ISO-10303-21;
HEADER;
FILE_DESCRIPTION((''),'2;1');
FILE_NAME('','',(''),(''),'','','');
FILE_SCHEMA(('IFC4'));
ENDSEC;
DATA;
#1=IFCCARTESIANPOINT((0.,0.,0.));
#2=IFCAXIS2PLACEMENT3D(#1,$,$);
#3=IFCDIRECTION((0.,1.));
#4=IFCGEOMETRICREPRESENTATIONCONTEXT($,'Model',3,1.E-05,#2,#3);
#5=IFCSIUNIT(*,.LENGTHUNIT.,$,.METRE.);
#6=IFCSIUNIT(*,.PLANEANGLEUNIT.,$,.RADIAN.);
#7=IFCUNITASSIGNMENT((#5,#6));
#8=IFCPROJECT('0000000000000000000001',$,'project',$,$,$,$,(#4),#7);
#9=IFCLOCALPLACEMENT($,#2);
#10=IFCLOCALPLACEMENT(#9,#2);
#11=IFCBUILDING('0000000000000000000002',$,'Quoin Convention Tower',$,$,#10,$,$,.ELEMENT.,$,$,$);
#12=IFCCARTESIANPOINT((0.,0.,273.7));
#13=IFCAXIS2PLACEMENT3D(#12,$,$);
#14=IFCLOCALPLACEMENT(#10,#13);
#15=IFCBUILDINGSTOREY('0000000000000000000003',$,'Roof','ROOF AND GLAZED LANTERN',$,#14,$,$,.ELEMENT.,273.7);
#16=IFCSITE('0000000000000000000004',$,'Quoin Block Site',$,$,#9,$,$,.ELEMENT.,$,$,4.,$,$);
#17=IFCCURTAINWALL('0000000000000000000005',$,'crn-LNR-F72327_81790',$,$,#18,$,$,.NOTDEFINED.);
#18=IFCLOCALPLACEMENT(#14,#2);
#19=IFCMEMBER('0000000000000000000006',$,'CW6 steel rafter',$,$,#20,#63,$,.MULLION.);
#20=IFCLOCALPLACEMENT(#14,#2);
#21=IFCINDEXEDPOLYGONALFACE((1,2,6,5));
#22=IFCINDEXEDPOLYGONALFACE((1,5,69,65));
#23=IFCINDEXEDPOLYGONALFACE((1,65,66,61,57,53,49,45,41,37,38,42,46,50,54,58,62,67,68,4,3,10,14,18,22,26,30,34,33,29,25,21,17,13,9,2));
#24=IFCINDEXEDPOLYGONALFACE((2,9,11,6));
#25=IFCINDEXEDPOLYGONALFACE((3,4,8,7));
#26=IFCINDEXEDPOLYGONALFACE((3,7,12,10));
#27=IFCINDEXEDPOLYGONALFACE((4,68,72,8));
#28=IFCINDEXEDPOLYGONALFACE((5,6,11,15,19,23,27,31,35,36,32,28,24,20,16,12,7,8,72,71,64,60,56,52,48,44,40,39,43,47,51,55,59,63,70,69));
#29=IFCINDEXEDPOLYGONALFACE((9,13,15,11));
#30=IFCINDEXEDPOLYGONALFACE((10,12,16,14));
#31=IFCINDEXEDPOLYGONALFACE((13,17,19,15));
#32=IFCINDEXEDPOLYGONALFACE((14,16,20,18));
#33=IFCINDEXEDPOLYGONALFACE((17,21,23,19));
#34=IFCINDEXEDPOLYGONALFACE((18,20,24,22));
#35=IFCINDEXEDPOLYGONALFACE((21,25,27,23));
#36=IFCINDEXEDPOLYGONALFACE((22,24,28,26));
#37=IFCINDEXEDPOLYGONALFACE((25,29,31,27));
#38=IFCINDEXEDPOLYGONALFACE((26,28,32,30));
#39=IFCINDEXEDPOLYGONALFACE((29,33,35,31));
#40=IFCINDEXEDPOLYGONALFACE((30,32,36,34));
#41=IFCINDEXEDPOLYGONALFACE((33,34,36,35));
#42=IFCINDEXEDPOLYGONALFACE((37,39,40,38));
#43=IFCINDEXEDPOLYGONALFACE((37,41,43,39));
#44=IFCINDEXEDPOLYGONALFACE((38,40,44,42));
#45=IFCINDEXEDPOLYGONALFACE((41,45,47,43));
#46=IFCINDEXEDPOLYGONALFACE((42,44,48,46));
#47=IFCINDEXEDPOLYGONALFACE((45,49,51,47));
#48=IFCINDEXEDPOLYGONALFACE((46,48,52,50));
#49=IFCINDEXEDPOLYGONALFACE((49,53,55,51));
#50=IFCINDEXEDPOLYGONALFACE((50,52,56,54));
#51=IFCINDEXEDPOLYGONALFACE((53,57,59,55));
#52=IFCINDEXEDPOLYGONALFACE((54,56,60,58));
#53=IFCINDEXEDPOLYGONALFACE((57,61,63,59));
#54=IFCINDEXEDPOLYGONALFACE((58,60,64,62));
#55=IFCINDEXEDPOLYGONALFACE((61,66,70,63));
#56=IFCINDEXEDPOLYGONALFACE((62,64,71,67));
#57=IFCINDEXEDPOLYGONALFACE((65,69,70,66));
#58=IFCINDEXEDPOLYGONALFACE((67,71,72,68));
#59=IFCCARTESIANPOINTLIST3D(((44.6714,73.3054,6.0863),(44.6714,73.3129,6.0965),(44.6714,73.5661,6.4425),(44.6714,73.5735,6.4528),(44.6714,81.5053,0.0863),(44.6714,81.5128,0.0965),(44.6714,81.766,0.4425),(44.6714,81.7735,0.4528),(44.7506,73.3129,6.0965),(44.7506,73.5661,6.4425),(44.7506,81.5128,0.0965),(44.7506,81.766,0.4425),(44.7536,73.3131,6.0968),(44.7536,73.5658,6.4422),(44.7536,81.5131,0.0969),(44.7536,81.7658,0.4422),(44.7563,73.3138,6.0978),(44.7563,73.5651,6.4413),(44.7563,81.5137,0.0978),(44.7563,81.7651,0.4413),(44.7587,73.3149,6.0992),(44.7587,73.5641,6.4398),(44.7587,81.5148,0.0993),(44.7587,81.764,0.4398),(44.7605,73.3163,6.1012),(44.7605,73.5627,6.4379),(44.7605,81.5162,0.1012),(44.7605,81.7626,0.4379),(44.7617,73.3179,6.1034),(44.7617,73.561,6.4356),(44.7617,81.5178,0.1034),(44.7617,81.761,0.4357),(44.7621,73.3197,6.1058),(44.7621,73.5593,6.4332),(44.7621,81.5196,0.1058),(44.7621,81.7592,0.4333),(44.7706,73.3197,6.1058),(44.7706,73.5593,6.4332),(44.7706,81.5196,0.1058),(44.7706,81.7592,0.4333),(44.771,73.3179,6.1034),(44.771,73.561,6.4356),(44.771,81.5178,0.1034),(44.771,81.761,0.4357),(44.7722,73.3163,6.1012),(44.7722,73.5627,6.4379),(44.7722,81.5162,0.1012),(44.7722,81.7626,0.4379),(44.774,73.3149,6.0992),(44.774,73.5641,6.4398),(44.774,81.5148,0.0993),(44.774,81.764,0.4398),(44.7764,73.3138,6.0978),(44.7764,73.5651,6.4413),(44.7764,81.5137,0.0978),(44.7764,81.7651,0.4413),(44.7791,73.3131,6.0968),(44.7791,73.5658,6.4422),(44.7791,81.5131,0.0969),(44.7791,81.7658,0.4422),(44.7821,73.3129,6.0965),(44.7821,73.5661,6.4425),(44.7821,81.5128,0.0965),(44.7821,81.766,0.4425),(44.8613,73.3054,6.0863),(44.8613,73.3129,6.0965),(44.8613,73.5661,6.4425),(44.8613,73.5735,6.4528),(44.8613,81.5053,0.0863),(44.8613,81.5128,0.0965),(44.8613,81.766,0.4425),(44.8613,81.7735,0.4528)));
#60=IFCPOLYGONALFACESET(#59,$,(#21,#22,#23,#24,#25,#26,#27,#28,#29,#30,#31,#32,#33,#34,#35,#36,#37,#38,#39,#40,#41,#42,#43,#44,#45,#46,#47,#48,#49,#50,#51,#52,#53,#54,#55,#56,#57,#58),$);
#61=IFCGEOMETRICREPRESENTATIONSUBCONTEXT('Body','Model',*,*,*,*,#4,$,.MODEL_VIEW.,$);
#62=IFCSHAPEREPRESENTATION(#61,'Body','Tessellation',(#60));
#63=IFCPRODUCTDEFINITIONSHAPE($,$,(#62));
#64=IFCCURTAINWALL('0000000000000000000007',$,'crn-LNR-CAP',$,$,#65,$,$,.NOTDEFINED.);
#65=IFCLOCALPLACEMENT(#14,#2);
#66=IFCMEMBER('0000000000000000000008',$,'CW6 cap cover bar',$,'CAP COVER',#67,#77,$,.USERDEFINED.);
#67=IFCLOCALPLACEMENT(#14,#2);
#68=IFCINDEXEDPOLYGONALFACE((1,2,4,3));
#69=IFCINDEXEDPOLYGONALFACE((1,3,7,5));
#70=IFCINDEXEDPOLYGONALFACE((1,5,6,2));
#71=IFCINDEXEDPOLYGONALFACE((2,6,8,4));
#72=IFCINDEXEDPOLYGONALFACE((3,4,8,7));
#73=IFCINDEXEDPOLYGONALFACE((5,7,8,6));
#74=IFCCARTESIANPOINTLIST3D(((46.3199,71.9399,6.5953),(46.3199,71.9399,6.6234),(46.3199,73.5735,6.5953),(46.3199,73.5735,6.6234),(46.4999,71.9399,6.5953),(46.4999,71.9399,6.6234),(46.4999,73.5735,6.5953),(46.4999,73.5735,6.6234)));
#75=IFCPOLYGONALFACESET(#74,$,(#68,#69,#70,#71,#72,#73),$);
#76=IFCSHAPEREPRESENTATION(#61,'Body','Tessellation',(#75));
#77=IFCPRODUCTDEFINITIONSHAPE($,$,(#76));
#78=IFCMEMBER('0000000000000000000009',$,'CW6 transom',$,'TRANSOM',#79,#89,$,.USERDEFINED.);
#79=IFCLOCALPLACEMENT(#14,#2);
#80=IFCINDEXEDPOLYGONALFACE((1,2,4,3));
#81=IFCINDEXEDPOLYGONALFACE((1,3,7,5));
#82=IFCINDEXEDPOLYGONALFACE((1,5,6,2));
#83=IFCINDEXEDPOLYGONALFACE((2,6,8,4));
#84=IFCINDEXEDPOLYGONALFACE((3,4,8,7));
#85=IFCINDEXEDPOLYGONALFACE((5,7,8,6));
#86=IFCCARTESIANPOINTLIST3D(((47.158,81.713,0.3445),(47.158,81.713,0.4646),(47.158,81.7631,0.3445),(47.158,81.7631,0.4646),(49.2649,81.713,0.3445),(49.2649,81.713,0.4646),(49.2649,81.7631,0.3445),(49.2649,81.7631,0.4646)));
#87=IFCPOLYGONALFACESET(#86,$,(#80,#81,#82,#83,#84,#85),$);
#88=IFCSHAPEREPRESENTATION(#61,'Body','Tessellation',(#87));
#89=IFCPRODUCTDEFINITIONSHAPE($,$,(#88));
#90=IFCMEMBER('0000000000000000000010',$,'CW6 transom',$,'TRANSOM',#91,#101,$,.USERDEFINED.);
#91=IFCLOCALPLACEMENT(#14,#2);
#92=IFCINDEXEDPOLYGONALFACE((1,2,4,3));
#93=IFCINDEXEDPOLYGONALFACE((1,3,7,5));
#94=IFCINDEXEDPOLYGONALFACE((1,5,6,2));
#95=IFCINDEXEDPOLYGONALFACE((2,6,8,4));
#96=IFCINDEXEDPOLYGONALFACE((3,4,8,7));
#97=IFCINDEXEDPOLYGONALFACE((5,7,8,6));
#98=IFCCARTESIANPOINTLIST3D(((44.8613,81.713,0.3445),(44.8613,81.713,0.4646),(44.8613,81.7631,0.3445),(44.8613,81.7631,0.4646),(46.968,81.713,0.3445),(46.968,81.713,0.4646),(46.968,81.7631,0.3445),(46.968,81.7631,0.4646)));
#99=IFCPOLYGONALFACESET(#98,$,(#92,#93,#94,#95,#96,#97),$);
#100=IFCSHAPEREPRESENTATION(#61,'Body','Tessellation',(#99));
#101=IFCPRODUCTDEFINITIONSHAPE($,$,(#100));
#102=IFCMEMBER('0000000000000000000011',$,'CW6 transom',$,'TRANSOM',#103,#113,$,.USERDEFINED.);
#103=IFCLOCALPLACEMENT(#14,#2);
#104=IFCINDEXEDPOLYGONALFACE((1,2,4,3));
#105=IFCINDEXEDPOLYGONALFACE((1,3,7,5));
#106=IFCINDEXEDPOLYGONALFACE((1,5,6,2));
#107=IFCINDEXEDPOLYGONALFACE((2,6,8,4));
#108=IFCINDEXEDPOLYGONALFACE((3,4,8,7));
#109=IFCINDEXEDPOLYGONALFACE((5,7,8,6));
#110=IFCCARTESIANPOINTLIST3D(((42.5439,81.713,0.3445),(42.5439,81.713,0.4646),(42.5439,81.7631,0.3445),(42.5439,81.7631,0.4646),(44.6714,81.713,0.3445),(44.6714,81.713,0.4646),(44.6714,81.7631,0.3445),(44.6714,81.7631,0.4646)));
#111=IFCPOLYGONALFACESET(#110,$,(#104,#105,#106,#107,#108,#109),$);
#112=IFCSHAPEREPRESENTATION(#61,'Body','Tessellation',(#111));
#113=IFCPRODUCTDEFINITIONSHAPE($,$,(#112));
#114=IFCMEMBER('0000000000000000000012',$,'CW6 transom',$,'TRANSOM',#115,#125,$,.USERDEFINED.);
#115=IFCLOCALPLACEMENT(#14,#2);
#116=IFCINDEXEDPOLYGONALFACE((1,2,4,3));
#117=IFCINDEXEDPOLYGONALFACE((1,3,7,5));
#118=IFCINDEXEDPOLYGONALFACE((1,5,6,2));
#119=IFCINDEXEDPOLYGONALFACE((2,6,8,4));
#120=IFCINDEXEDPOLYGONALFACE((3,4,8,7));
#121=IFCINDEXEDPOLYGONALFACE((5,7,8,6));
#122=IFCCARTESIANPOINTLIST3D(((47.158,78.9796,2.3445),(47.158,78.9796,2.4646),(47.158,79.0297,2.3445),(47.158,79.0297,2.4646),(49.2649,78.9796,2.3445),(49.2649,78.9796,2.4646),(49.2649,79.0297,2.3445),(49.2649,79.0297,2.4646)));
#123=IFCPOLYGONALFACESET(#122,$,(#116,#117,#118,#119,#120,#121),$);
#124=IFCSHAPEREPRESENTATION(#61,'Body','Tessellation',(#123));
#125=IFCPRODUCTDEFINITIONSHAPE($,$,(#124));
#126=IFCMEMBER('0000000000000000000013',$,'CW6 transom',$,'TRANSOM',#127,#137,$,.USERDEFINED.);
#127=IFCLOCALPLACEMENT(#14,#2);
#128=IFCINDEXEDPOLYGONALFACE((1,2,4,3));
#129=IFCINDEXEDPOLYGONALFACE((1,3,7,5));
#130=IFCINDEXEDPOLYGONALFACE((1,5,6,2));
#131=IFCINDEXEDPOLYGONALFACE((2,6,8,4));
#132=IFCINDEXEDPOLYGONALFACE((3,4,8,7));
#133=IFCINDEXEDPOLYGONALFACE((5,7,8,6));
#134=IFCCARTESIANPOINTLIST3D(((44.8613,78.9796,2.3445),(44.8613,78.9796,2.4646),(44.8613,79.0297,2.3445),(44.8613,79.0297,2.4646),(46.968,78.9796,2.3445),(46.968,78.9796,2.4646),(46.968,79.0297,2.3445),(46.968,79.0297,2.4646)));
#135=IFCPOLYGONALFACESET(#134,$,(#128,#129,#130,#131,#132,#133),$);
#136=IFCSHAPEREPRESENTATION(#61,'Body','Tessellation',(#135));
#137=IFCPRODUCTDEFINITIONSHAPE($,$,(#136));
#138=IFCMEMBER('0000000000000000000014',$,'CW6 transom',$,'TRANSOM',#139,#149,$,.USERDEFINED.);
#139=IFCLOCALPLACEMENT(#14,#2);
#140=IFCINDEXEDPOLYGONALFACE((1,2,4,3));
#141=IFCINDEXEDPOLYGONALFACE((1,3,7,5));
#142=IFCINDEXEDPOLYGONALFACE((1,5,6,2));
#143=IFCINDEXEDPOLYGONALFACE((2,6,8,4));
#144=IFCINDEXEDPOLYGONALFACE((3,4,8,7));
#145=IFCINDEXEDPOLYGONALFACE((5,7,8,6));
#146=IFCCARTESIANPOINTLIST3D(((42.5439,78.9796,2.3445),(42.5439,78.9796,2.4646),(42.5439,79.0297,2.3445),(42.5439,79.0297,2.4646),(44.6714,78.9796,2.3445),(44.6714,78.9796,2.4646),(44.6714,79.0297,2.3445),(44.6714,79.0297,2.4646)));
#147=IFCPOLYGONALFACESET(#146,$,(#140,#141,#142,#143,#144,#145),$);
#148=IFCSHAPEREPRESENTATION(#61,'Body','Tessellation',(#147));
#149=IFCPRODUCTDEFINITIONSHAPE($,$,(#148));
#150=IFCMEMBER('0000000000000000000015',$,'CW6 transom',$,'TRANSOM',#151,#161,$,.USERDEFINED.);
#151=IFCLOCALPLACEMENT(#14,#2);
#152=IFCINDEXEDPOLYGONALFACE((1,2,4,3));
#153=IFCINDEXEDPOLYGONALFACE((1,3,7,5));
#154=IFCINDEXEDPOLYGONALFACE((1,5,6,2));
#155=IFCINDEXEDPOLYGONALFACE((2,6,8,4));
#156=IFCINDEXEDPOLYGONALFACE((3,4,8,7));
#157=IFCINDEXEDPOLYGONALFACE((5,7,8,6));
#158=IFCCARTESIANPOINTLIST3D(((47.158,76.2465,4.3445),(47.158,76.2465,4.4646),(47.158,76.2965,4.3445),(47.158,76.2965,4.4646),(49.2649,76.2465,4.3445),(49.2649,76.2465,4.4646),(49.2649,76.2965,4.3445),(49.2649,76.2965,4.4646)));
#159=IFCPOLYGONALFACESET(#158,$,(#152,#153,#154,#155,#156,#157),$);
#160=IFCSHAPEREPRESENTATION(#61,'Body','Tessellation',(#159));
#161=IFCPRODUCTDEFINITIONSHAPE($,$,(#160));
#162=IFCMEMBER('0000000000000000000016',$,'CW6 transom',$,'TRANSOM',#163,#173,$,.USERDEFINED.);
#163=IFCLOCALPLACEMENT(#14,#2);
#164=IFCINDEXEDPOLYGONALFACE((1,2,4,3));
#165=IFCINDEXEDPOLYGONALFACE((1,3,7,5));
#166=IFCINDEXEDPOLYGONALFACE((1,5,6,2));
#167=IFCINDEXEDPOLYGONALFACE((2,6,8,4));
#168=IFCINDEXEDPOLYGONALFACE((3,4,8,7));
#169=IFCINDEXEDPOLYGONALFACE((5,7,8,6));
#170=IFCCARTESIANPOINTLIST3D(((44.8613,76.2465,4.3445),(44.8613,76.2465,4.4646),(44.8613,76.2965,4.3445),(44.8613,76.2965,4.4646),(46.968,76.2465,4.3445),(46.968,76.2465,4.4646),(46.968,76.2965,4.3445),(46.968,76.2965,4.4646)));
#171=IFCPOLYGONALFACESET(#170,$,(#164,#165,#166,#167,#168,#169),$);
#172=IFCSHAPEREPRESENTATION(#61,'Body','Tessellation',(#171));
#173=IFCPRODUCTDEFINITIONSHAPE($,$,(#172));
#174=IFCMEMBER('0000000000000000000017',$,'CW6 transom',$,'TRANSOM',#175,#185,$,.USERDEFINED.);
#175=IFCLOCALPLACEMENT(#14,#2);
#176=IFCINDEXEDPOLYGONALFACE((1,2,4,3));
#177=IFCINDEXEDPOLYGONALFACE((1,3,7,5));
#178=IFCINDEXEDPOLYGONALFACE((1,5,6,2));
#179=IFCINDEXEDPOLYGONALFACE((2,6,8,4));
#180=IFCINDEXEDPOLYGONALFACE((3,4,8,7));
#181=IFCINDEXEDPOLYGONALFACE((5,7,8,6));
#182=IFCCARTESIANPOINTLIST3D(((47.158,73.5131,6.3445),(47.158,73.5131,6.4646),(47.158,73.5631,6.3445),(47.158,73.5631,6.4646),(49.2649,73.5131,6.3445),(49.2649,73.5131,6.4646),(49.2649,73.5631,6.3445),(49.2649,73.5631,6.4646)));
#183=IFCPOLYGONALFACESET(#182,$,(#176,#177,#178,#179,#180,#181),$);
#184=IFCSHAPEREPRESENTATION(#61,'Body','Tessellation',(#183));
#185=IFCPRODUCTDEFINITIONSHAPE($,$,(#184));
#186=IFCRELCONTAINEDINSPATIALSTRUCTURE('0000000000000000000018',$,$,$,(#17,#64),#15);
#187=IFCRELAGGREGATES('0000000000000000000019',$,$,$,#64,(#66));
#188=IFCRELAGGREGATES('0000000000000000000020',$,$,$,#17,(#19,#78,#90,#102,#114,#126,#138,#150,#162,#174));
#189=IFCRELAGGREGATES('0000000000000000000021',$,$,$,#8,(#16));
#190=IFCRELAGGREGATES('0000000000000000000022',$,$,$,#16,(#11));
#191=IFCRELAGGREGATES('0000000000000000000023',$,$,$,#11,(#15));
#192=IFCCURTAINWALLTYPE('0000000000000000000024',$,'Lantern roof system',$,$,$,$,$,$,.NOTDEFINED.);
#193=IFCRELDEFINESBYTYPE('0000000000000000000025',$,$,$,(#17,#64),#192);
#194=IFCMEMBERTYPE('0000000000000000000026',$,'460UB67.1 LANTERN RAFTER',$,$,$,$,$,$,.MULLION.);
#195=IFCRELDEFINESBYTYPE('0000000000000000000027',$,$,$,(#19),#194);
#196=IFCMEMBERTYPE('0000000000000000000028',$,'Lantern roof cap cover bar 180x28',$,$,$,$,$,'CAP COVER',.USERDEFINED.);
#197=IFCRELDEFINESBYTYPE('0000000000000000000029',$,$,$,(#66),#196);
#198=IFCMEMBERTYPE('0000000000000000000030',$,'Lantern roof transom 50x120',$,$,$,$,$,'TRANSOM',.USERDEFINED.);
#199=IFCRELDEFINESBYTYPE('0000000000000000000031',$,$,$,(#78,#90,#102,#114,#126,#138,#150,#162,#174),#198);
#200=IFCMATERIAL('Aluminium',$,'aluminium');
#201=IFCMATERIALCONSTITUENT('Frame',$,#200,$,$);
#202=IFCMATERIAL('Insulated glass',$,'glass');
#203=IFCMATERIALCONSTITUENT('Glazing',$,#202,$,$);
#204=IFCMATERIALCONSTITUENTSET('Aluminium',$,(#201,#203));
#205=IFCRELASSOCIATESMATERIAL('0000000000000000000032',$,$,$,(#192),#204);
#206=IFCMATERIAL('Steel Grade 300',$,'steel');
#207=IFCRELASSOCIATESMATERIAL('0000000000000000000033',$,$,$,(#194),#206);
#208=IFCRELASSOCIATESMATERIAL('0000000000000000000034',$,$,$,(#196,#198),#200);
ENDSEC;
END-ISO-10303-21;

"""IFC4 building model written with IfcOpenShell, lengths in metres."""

from ifc_helpers import new_model, si_unit, direction, frame, origin, origin_2d, place, context, subcontext, project, spatial, rectangle, i_section, extrude, material, constituent, constituent_set, material_profile, profile_set, type_object, element, aggregate, save


model = new_model("IFC4")

# Units and contexts
model_context = context("Model", 3, precision=1e-05, world=origin(), true_north=direction((0.0, 1.0)))
body_context = subcontext(model_context, "Body", "Model", "MODEL_VIEW")
ifc_project = project(units=[si_unit("LENGTHUNIT", "METRE"), si_unit("PLANEANGLEUNIT", "RADIAN")], contexts=[model_context])

# Site, building, storey
site_placement = place(None, origin())
site = spatial("IfcSite", under=ifc_project, at=site_placement, Name="Quoin Block Site", CompositionType="ELEMENT", RefElevation=4.0)
building_placement = place(site_placement, origin())
building = spatial("IfcBuilding", under=site, at=building_placement, Name="Quoin Convention Tower", CompositionType="ELEMENT")
storey_placement = place(building_placement, frame((0.0, 0.0, 273.7)))
storey = spatial("IfcBuildingStorey", under=building, at=storey_placement, Name="Roof", Description="ROOF AND GLAZED LANTERN", CompositionType="ELEMENT", Elevation=273.7)

# Shared definitions
ifc_material_1 = material(Name="Steel Grade 300", Category="steel")

# Curtain wall, member
ifc_material_2 = material(Name="Aluminium", Category="aluminium")
ifc_constituent_1 = constituent(ifc_material_2, Name="Frame")
ifc_material_3 = material(Name="Insulated glass", Category="glass")
ifc_constituent_2 = constituent(ifc_material_3, Name="Glazing")
ifc_constituent_set = constituent_set(constituents=[ifc_constituent_1, ifc_constituent_2], Name="Aluminium")
curtain_wall_type = type_object("IfcCurtainWallType", Name="Lantern roof system", PredefinedType="NOTDEFINED", material=ifc_constituent_set)
curtain_wall_1_placement = place(storey_placement, origin())
curtain_wall_1 = element("IfcCurtainWall", 1, at=curtain_wall_1_placement, inside=storey, type_object=curtain_wall_type, Name="crn-LNR-F72327_81790", PredefinedType="NOTDEFINED")
ifc_material_profile_1 = material_profile(ifc_material_1, i_section(OverallWidth=0.1899, OverallDepth=0.4541, WebThickness=0.0085, FlangeThickness=0.0127, FilletRadius=0.0115, at=origin_2d()), Name="460UB67.1")
ifc_profile_set_1 = profile_set([ifc_material_profile_1], Name="Steel Grade 300")
member_type_1 = type_object("IfcMemberType", Name="460UB67.1 LANTERN RAFTER", PredefinedType="MULLION", material=ifc_profile_set_1)
member_1_placement = place(storey_placement, frame((44.7664, 81.6394, 0.2695), z_axis=(0.0, -0.807029, 0.590512), x_axis=(1.0, 0.0, 0.0)))
member_1 = element("IfcMember", 2, at=member_1_placement, type_object=member_type_1, Name="CW6 steel rafter", PredefinedType="MULLION", context=body_context, shape_type="SweptSolid", body=[
    extrude(i_section(OverallWidth=0.1899, OverallDepth=0.4541, WebThickness=0.0085, FlangeThickness=0.0127, FilletRadius=0.0115, at=origin_2d()), origin(), (0.0, 0.0, 1.0), 10.1606),
])

# Curtain wall, member
curtain_wall_2_placement = place(storey_placement, origin())
curtain_wall_2 = element("IfcCurtainWall", 3, at=curtain_wall_2_placement, inside=storey, type_object=curtain_wall_type, Name="crn-LNR-CAP", PredefinedType="NOTDEFINED")
ifc_material_profile_2 = material_profile(ifc_material_2, rectangle(XDim=0.0281, YDim=0.1799, at=origin_2d()), Name="Lantern roof cap cover bar 180x28")
ifc_profile_set_2 = profile_set([ifc_material_profile_2], Name="Aluminium")
member_type_2 = type_object("IfcMemberType", Name="Lantern roof cap cover bar 180x28", ElementType="CAP COVER", PredefinedType="USERDEFINED", material=ifc_profile_set_2)
member_2_placement = place(storey_placement, frame((46.4099, 71.9399, 6.6094), z_axis=(0.0, 1.0, 0.0), x_axis=(0.0, 0.0, 1.0)))
member_2 = element("IfcMember", 4, at=member_2_placement, type_object=member_type_2, Name="CW6 cap cover bar", ObjectType="CAP COVER", PredefinedType="USERDEFINED", context=body_context, shape_type="SweptSolid", body=[
    extrude(rectangle(XDim=0.0281, YDim=0.1799, at=origin_2d()), origin(), (0.0, 0.0, 1.0), 1.6335),
])
aggregate(curtain_wall_2, [member_2])

# Members
ifc_material_profile_3 = material_profile(ifc_material_2, rectangle(XDim=0.1201, YDim=0.05, at=origin_2d()), Name="Lantern roof transom 50x120")
ifc_profile_set_3 = profile_set([ifc_material_profile_3], Name="Aluminium")
member_type_3 = type_object("IfcMemberType", Name="Lantern roof transom 50x120", ElementType="TRANSOM", PredefinedType="USERDEFINED", material=ifc_profile_set_3)
member_3_placement = place(storey_placement, frame((49.2649, 81.738, 0.4045), z_axis=(-1.0, 0.0, 0.0), x_axis=(0.0, 0.0, 1.0)))
member_3 = element("IfcMember", 5, at=member_3_placement, type_object=member_type_3, Name="CW6 transom", ObjectType="TRANSOM", PredefinedType="USERDEFINED", context=body_context, shape_type="SweptSolid", body=[
    extrude(rectangle(XDim=0.1201, YDim=0.05, at=origin_2d()), origin(), (0.0, 0.0, 1.0), 2.1069),
])
member_4_placement = place(storey_placement, frame((46.968, 81.738, 0.4045), z_axis=(-1.0, 0.0, 0.0), x_axis=(0.0, 0.0, 1.0)))
member_4 = element("IfcMember", 6, at=member_4_placement, type_object=member_type_3, Name="CW6 transom", ObjectType="TRANSOM", PredefinedType="USERDEFINED", context=body_context, shape_type="SweptSolid", body=[
    extrude(rectangle(XDim=0.1201, YDim=0.05, at=origin_2d()), origin(), (0.0, 0.0, 1.0), 2.1067),
])
member_5_placement = place(storey_placement, frame((44.6714, 81.738, 0.4045), z_axis=(-1.0, 0.0, 0.0), x_axis=(0.0, 0.0, 1.0)))
member_5 = element("IfcMember", 7, at=member_5_placement, type_object=member_type_3, Name="CW6 transom", ObjectType="TRANSOM", PredefinedType="USERDEFINED", context=body_context, shape_type="SweptSolid", body=[
    extrude(rectangle(XDim=0.1201, YDim=0.05, at=origin_2d()), origin(), (0.0, 0.0, 1.0), 2.1274),
])
member_6_placement = place(storey_placement, frame((49.2649, 79.0046, 2.4045), z_axis=(-1.0, 0.0, 0.0), x_axis=(0.0, 0.0, 1.0)))
member_6 = element("IfcMember", 8, at=member_6_placement, type_object=member_type_3, Name="CW6 transom", ObjectType="TRANSOM", PredefinedType="USERDEFINED", context=body_context, shape_type="SweptSolid", body=[
    extrude(rectangle(XDim=0.1201, YDim=0.05, at=origin_2d()), origin(), (0.0, 0.0, 1.0), 2.1069),
])
member_7_placement = place(storey_placement, frame((46.968, 79.0046, 2.4045), z_axis=(-1.0, 0.0, 0.0), x_axis=(0.0, 0.0, 1.0)))
member_7 = element("IfcMember", 9, at=member_7_placement, type_object=member_type_3, Name="CW6 transom", ObjectType="TRANSOM", PredefinedType="USERDEFINED", context=body_context, shape_type="SweptSolid", body=[
    extrude(rectangle(XDim=0.1201, YDim=0.05, at=origin_2d()), origin(), (0.0, 0.0, 1.0), 2.1067),
])
member_8_placement = place(storey_placement, frame((44.6714, 79.0046, 2.4045), z_axis=(-1.0, 0.0, 0.0), x_axis=(0.0, 0.0, 1.0)))
member_8 = element("IfcMember", 10, at=member_8_placement, type_object=member_type_3, Name="CW6 transom", ObjectType="TRANSOM", PredefinedType="USERDEFINED", context=body_context, shape_type="SweptSolid", body=[
    extrude(rectangle(XDim=0.1201, YDim=0.05, at=origin_2d()), origin(), (0.0, 0.0, 1.0), 2.1274),
])
member_9_placement = place(storey_placement, frame((49.2649, 76.2715, 4.4045), z_axis=(-1.0, 0.0, 0.0), x_axis=(0.0, 0.0, 1.0)))
member_9 = element("IfcMember", 11, at=member_9_placement, type_object=member_type_3, Name="CW6 transom", ObjectType="TRANSOM", PredefinedType="USERDEFINED", context=body_context, shape_type="SweptSolid", body=[
    extrude(rectangle(XDim=0.1201, YDim=0.05, at=origin_2d()), origin(), (0.0, 0.0, 1.0), 2.1069),
])
member_10_placement = place(storey_placement, frame((46.968, 76.2715, 4.4045), z_axis=(-1.0, 0.0, 0.0), x_axis=(0.0, 0.0, 1.0)))
member_10 = element("IfcMember", 12, at=member_10_placement, type_object=member_type_3, Name="CW6 transom", ObjectType="TRANSOM", PredefinedType="USERDEFINED", context=body_context, shape_type="SweptSolid", body=[
    extrude(rectangle(XDim=0.1201, YDim=0.05, at=origin_2d()), origin(), (0.0, 0.0, 1.0), 2.1067),
])
member_11_placement = place(storey_placement, frame((49.2649, 73.5381, 6.4045), z_axis=(-1.0, 0.0, 0.0), x_axis=(0.0, 0.0, 1.0)))
member_11 = element("IfcMember", 13, at=member_11_placement, type_object=member_type_3, Name="CW6 transom", ObjectType="TRANSOM", PredefinedType="USERDEFINED", context=body_context, shape_type="SweptSolid", body=[
    extrude(rectangle(XDim=0.1201, YDim=0.05, at=origin_2d()), origin(), (0.0, 0.0, 1.0), 2.1069),
])

aggregate(curtain_wall_1, [member_1, member_3, member_4, member_5, member_6, member_7, member_8, member_9, member_10, member_11])

save(model, "model.ifc")
